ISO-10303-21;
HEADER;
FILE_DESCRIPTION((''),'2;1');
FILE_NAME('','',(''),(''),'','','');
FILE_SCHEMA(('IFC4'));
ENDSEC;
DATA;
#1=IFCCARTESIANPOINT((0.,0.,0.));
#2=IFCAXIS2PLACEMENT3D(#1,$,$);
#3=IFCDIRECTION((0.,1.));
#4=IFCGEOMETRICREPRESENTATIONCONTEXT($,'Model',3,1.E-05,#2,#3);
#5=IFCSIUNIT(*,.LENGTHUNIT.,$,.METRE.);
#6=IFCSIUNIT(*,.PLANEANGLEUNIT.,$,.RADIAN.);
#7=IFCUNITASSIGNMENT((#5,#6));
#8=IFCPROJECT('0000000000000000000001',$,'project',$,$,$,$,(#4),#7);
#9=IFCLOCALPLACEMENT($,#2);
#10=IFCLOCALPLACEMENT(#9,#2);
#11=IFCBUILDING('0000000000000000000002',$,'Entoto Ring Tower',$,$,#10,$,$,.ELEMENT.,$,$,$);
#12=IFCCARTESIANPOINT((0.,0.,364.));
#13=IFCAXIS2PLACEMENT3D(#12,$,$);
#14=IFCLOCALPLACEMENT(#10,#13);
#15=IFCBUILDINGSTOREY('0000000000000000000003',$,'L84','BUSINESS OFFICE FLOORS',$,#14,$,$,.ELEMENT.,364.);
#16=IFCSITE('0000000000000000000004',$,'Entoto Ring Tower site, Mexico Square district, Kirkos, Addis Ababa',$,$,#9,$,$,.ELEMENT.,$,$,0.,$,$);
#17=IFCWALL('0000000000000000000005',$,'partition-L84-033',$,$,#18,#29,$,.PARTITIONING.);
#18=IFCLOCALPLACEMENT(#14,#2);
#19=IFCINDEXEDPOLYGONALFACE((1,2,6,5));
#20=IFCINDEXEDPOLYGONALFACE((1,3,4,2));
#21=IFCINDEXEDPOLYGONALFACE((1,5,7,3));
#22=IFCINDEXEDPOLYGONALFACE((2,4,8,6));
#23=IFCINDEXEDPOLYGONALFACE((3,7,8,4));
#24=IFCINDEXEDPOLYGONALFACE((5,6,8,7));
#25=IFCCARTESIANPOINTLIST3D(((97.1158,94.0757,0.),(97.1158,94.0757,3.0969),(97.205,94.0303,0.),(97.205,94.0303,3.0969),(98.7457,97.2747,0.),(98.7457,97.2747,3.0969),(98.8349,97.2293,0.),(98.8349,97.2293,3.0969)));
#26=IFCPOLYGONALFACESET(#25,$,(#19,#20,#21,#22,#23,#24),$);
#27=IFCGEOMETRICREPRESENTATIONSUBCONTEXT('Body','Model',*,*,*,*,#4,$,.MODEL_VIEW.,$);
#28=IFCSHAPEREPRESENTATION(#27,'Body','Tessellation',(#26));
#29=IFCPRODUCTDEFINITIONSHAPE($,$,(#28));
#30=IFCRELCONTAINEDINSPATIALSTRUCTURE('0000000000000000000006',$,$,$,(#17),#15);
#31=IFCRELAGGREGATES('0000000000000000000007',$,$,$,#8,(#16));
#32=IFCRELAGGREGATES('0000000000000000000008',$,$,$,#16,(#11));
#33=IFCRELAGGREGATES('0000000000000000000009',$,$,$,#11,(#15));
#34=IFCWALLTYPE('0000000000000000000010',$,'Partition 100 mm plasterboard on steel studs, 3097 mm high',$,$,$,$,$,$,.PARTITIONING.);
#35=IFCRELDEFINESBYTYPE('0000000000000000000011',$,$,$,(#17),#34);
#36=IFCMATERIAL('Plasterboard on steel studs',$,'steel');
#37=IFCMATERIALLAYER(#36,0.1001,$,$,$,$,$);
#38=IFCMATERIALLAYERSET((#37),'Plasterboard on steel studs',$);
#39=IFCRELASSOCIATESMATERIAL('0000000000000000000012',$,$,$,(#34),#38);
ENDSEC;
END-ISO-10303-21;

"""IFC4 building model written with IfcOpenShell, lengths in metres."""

from ifc_helpers import new_model, si_unit, direction, frame, frame_2d, origin, place, context, subcontext, project, spatial, rectangle, extrude, material, layer, layer_set, type_object, element, save


model = new_model("IFC4")

# Units and contexts
model_context = context("Model", 3, precision=1e-05, world=origin(), true_north=direction((0.0, 1.0)))
body_context = subcontext(model_context, "Body", "Model", "MODEL_VIEW")
ifc_project = project(units=[si_unit("LENGTHUNIT", "METRE"), si_unit("PLANEANGLEUNIT", "RADIAN")], contexts=[model_context])

# Site, building, storey
site_placement = place(None, origin())
site = spatial("IfcSite", under=ifc_project, at=site_placement, Name="Entoto Ring Tower site, Mexico Square district, Kirkos, Addis Ababa", CompositionType="ELEMENT", RefElevation=0.0)
building_placement = place(site_placement, origin())
building = spatial("IfcBuilding", under=site, at=building_placement, Name="Entoto Ring Tower", CompositionType="ELEMENT")
storey_placement = place(building_placement, frame((0.0, 0.0, 364.0)))
storey = spatial("IfcBuildingStorey", under=building, at=storey_placement, Name="L84", Description="BUSINESS OFFICE FLOORS", CompositionType="ELEMENT", Elevation=364.0)

# Wall
ifc_material_1 = material(Name="Plasterboard on steel studs", Category="steel")
ifc_layer_1 = layer(ifc_material_1, 0.1001)
ifc_layer_set_1 = layer_set([ifc_layer_1], Name="Plasterboard on steel studs")
wall_type_1 = type_object("IfcWallType", Name="Partition 100 mm plasterboard on steel studs, 3097 mm high", PredefinedType="PARTITIONING", material=ifc_layer_set_1)
wall_1_placement = place(storey_placement, frame((97.1604, 94.053, 0.0), z_axis=(0.0, 0.0, 1.0), x_axis=(0.453974, 0.891015, 0.0)))
element("IfcWall", 1, at=wall_1_placement, inside=storey, type_object=wall_type_1, Name="partition-L84-033", PredefinedType="PARTITIONING", context=body_context, shape_type="SweptSolid", body=[
    extrude(rectangle(XDim=3.5903, YDim=0.1001, at=frame_2d((1.7952, 0.0))), origin(), (0.0, 0.0, 1.0), 3.0969),
])

save(model, "model.ifc")
